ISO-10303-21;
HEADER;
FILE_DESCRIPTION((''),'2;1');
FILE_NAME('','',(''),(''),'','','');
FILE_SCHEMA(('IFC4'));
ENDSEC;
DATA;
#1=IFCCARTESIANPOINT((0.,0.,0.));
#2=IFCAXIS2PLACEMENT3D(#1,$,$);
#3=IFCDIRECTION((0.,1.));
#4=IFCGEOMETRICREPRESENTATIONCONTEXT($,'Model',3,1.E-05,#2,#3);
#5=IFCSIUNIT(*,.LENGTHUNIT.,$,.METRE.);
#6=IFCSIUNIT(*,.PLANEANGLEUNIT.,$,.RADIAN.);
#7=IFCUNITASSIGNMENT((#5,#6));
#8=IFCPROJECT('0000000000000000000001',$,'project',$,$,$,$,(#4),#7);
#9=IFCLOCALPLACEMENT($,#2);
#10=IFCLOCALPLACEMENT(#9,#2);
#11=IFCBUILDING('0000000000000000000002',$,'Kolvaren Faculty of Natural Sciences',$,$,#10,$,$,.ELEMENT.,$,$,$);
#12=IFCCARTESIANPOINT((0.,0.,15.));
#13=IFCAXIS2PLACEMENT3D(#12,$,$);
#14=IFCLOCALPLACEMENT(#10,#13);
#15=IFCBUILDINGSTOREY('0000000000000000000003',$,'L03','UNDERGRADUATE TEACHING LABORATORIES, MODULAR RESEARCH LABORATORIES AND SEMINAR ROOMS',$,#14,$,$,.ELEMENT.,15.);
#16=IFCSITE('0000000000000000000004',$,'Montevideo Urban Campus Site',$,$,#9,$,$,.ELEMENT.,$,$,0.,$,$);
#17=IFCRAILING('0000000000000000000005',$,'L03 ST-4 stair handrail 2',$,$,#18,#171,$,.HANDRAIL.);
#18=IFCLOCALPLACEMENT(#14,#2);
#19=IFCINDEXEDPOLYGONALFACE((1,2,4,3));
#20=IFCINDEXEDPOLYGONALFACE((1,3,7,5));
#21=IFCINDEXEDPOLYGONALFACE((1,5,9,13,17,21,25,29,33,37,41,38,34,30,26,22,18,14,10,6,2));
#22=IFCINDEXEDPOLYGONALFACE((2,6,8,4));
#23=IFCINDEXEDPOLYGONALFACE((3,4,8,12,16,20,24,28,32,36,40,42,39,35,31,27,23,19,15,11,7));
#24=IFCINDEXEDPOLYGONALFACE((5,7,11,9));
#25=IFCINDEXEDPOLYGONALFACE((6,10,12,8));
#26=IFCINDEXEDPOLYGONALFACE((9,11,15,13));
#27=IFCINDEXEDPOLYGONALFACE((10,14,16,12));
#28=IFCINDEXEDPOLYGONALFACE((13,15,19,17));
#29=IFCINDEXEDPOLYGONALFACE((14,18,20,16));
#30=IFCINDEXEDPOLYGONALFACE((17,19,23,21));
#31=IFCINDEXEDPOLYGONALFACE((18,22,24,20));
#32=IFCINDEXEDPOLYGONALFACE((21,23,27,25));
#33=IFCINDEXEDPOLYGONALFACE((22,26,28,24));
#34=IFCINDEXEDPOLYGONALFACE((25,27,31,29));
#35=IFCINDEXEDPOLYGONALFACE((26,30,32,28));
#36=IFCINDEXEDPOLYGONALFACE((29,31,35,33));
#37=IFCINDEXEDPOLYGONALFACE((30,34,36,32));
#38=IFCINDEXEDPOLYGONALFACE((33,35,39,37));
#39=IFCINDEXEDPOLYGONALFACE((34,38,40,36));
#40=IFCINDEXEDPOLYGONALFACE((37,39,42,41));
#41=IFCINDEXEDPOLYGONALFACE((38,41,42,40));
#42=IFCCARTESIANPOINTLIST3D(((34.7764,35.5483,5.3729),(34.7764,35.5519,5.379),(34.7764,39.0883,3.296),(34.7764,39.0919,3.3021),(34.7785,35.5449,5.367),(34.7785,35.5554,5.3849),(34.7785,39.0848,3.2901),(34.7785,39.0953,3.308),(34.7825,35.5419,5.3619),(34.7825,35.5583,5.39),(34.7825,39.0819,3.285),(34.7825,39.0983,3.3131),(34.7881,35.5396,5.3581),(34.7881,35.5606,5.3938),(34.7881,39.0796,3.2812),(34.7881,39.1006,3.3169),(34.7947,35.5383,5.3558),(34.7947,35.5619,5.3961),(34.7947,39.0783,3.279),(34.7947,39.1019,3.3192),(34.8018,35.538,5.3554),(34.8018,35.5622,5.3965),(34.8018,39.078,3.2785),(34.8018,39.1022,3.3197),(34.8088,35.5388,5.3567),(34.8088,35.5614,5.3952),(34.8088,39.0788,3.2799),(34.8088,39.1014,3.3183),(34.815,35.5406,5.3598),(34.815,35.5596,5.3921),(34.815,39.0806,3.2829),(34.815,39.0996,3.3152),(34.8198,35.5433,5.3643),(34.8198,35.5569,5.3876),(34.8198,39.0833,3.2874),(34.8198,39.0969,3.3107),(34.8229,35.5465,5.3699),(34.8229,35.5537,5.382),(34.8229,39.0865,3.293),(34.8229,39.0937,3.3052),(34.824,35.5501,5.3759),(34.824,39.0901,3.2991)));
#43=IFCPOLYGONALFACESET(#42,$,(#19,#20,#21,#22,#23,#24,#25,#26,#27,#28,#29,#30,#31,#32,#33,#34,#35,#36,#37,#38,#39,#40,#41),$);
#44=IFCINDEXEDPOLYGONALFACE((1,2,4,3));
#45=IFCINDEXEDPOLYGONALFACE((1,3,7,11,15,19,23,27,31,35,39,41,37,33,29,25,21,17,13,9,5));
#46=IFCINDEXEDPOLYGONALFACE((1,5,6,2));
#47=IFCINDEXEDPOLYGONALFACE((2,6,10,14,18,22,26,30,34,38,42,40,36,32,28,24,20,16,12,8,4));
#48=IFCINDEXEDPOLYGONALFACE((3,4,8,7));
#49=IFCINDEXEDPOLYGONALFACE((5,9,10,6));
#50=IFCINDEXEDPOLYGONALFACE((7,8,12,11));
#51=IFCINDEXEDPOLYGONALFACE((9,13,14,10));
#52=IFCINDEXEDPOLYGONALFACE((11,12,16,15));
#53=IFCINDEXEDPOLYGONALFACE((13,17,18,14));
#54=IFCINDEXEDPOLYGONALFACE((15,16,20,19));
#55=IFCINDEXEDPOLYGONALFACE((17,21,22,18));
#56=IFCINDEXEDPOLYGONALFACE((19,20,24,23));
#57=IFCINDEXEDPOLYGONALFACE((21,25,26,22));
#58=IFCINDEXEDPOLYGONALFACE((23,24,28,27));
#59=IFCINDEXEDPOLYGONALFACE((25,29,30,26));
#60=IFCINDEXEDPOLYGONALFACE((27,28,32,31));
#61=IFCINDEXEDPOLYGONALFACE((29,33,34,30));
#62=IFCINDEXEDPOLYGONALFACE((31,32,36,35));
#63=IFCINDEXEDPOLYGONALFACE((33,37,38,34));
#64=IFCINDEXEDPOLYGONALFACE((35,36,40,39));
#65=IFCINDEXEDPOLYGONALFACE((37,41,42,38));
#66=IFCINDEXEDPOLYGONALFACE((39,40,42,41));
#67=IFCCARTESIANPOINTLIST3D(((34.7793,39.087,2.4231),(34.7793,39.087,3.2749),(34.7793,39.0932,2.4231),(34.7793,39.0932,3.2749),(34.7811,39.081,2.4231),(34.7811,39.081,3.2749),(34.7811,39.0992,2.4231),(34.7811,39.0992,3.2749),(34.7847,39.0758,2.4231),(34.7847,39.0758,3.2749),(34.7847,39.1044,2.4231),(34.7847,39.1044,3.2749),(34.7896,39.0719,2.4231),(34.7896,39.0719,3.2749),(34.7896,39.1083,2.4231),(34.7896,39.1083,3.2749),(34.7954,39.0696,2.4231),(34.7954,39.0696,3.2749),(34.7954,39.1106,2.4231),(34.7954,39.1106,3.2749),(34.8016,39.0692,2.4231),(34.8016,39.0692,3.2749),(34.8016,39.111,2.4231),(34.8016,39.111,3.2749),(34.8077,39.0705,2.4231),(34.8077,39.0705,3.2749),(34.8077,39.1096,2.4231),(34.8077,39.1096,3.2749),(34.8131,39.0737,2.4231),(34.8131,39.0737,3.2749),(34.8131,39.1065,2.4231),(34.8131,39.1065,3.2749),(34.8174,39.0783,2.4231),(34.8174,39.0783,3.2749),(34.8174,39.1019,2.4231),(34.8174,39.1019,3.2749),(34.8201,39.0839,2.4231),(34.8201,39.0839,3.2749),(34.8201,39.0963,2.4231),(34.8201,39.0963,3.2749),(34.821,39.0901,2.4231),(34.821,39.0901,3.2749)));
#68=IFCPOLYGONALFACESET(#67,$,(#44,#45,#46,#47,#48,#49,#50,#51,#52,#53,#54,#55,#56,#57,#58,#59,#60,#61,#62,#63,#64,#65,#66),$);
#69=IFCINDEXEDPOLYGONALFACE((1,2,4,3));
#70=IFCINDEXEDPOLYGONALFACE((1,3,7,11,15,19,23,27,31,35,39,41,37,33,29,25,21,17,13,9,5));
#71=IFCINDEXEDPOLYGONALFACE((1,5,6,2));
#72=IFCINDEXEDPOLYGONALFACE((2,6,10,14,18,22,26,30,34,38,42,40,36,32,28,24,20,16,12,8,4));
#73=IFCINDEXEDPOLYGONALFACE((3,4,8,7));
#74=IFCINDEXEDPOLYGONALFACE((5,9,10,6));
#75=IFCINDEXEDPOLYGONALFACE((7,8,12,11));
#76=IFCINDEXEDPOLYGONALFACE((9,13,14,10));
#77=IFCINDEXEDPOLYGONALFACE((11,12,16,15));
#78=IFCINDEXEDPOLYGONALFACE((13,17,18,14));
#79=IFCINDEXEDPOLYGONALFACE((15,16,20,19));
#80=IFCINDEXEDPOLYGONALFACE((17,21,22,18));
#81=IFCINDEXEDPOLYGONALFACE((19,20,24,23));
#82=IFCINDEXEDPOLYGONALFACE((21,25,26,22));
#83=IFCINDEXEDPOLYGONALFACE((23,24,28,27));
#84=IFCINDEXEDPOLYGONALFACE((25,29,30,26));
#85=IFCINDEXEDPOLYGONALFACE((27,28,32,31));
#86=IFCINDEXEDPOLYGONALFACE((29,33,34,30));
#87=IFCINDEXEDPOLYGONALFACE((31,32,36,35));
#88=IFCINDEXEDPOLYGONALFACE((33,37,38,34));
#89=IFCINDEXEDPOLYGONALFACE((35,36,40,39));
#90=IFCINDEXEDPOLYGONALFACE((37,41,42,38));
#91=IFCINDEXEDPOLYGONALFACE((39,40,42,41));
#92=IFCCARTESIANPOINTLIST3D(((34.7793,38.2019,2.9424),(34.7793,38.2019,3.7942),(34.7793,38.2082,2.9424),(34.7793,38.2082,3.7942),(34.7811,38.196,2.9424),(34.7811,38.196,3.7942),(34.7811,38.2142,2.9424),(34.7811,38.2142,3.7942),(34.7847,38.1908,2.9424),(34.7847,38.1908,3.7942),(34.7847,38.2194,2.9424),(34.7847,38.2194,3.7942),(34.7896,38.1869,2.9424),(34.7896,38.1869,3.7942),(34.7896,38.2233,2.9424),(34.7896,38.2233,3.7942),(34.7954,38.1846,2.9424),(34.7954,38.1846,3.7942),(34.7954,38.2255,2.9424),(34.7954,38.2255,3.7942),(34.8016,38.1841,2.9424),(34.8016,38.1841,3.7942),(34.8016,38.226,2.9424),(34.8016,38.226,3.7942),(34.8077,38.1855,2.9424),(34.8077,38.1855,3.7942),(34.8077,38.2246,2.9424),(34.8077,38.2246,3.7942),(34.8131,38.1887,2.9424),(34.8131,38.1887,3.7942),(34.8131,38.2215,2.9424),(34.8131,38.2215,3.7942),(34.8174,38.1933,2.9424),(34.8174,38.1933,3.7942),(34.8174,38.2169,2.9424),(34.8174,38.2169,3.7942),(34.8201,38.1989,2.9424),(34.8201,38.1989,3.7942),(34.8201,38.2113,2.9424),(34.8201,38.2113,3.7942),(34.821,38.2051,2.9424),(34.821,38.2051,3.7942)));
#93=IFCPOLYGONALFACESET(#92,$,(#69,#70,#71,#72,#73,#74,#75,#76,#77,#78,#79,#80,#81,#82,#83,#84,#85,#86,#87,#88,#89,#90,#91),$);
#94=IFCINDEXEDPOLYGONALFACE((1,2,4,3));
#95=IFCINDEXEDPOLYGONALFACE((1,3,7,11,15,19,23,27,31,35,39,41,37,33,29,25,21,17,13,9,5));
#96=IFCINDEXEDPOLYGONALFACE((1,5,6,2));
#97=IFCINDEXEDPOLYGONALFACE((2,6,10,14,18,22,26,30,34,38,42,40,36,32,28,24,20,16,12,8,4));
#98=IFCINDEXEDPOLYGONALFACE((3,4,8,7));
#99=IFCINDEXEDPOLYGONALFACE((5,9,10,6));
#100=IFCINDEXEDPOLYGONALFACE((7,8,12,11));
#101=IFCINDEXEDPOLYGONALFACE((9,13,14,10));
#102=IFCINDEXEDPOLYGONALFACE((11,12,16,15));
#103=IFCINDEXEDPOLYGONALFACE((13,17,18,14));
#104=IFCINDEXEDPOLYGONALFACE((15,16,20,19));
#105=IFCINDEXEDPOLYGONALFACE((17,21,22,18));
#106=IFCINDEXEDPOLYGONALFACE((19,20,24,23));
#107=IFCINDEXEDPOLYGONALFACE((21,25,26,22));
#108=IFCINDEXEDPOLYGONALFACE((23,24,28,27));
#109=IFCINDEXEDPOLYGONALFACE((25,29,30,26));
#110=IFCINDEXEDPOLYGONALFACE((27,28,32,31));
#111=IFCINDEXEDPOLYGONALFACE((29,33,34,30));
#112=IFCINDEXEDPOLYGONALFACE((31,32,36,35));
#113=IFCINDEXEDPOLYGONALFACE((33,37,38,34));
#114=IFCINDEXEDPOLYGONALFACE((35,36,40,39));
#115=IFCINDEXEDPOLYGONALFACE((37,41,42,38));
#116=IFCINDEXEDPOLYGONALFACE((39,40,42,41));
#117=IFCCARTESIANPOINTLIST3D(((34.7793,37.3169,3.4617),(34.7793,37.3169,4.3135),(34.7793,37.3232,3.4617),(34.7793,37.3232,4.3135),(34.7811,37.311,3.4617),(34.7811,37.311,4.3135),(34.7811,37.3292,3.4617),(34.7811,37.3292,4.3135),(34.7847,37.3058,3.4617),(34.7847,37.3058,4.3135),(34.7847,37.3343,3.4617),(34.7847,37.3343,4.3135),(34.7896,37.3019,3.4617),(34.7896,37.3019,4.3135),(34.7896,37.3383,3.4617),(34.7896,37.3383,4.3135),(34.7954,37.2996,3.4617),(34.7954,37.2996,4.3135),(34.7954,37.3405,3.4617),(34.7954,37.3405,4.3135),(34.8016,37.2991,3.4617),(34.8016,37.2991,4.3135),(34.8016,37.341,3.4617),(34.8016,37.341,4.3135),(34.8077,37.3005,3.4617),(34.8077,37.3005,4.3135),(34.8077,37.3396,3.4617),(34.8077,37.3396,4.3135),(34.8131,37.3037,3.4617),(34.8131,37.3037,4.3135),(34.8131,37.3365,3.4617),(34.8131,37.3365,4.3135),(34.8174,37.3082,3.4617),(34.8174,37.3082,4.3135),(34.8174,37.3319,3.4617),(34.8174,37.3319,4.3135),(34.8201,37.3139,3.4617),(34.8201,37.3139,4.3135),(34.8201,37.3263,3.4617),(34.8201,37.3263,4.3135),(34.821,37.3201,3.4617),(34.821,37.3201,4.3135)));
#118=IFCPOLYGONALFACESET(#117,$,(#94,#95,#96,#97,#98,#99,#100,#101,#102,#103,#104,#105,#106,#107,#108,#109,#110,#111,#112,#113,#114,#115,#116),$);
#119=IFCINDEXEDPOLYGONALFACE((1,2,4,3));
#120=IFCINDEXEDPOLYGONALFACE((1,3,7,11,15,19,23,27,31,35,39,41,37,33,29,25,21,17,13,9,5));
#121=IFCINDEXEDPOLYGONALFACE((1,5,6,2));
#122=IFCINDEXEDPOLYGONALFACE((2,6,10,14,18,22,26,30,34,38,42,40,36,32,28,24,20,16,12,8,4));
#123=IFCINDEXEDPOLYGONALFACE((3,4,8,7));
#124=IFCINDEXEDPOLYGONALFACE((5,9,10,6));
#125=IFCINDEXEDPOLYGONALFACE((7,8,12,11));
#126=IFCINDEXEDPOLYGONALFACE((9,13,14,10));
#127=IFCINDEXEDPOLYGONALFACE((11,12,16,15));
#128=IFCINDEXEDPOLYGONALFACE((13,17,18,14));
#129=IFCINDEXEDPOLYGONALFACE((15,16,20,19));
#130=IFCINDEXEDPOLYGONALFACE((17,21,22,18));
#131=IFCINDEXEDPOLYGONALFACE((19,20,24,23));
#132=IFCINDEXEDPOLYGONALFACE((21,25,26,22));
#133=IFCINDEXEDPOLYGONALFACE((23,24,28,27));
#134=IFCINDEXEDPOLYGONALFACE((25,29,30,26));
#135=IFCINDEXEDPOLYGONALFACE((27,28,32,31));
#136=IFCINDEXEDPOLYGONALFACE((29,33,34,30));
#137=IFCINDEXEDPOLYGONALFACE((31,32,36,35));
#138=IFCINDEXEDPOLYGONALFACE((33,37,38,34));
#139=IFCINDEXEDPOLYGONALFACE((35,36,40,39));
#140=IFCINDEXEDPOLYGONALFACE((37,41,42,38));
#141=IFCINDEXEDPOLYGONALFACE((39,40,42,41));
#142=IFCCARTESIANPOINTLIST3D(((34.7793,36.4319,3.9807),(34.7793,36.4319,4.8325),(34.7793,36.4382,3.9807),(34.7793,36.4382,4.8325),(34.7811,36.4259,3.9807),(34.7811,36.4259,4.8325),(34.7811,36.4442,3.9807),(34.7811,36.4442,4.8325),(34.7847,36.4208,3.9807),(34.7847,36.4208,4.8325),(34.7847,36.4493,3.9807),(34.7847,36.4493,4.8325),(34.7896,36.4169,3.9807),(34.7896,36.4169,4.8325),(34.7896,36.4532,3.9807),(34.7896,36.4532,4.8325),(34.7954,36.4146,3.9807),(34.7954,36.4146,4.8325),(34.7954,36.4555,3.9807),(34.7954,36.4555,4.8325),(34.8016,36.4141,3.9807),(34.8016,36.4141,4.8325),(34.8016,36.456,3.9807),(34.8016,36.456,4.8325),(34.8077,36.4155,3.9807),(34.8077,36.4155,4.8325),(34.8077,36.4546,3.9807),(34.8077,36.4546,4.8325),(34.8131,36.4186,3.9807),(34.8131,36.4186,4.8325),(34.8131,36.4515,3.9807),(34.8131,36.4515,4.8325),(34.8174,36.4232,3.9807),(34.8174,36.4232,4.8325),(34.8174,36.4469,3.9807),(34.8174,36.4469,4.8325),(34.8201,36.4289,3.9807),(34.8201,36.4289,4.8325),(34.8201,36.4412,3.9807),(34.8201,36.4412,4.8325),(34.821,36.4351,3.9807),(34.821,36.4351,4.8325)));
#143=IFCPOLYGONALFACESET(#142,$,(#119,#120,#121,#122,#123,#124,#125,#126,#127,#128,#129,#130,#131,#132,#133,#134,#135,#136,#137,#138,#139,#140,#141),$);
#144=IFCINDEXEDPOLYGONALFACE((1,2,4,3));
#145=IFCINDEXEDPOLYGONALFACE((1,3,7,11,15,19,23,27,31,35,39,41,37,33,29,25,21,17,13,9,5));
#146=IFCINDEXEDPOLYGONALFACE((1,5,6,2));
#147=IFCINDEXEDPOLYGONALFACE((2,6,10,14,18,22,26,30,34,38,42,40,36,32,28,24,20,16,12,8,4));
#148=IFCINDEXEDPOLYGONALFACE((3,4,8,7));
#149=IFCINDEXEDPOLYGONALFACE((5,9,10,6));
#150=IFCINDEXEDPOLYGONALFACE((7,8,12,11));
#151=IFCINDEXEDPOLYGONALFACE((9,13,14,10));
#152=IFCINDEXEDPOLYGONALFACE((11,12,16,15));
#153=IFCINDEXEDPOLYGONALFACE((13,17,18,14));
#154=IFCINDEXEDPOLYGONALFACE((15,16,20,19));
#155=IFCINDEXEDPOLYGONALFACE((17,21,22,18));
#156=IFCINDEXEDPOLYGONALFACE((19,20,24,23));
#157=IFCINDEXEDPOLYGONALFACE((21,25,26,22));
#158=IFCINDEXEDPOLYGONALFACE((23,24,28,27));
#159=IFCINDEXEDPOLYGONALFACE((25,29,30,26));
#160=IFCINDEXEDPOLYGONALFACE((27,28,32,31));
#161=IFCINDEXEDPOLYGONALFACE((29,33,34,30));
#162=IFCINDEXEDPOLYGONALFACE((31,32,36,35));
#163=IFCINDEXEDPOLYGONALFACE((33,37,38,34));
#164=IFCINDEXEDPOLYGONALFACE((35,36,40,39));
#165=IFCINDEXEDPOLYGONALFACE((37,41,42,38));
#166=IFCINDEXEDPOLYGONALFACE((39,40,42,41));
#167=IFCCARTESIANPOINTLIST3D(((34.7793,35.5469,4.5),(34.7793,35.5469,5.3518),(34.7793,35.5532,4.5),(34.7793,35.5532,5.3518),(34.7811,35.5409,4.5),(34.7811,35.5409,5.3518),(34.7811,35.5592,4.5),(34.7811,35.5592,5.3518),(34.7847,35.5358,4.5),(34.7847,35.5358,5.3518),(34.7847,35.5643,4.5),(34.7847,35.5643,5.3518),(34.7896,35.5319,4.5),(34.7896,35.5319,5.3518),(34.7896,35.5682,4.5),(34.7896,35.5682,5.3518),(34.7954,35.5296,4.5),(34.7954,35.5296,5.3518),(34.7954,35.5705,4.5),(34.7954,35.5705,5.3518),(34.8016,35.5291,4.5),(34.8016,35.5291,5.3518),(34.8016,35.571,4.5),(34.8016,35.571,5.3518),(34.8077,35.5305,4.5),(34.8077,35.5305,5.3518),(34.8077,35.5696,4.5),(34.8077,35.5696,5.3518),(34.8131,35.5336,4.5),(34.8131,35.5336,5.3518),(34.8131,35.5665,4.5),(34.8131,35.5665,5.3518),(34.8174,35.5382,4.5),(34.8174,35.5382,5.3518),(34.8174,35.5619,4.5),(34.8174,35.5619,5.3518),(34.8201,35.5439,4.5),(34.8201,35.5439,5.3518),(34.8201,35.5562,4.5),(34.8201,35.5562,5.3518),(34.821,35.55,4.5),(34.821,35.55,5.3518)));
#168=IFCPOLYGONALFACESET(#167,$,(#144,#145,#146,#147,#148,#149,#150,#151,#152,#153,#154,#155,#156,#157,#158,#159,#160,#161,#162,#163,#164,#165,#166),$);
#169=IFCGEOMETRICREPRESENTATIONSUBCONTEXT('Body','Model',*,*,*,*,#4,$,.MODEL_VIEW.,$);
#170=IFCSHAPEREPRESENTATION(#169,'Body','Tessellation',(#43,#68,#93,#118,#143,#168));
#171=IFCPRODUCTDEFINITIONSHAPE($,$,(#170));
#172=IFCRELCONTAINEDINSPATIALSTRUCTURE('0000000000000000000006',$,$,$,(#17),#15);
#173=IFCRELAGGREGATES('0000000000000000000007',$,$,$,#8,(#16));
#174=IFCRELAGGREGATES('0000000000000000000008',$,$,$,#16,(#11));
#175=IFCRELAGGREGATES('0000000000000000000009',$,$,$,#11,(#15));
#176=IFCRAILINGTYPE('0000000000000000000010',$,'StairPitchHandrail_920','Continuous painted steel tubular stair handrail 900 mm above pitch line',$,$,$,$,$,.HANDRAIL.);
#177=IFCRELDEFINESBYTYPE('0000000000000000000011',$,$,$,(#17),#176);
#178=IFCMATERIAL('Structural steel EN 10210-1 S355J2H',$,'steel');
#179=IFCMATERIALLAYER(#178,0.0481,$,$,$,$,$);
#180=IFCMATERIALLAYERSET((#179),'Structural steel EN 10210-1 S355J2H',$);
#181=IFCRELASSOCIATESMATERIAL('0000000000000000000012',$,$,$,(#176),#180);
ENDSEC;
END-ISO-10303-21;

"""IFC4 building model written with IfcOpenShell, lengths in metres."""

from ifc_helpers import new_model, si_unit, direction, frame, origin, origin_2d, place, context, subcontext, project, spatial, circle, extrude, material, layer, layer_set, type_object, element, save


model = new_model("IFC4")

# Units and contexts
model_context = context("Model", 3, precision=1e-05, world=origin(), true_north=direction((0.0, 1.0)))
body_context = subcontext(model_context, "Body", "Model", "MODEL_VIEW")
ifc_project = project(units=[si_unit("LENGTHUNIT", "METRE"), si_unit("PLANEANGLEUNIT", "RADIAN")], contexts=[model_context])

# Site, building, storey
site_placement = place(None, origin())
site = spatial("IfcSite", under=ifc_project, at=site_placement, Name="Montevideo Urban Campus Site", CompositionType="ELEMENT", RefElevation=0.0)
building_placement = place(site_placement, origin())
building = spatial("IfcBuilding", under=site, at=building_placement, Name="Kolvaren Faculty of Natural Sciences", CompositionType="ELEMENT")
storey_placement = place(building_placement, frame((0.0, 0.0, 15.0)))
storey = spatial("IfcBuildingStorey", under=building, at=storey_placement, Name="L03", Description="UNDERGRADUATE TEACHING LABORATORIES, MODULAR RESEARCH LABORATORIES AND SEMINAR ROOMS", CompositionType="ELEMENT", Elevation=15.0)

# Railing
ifc_material_1 = material(Name="Structural steel EN 10210-1 S355J2H", Category="steel")
ifc_layer_1 = layer(ifc_material_1, 0.0481)
ifc_layer_set_1 = layer_set([ifc_layer_1], Name="Structural steel EN 10210-1 S355J2H")
railing_type_1 = type_object("IfcRailingType", Name="StairPitchHandrail_920", Description="Continuous painted steel tubular stair handrail 900 mm above pitch line", PredefinedType="HANDRAIL", material=ifc_layer_set_1)
railing_1_placement = place(storey_placement, frame((34.8, 39.0901, 2.4231)))
element("IfcRailing", 1, at=railing_1_placement, inside=storey, type_object=railing_type_1, Name="L03 ST-4 stair handrail 2", PredefinedType="HANDRAIL", context=body_context, shape_type="SweptSolid", body=[
    extrude(circle(Radius=0.0239, at=origin_2d()), frame((0.0, 0.0, 0.876), z_axis=(0.0, -0.862516, 0.506029), x_axis=(1.0, 0.0, 0.0)), (0.0, 0.0, 1.0), 4.1042),
    extrude(circle(Radius=0.021, at=origin_2d()), origin(), (0.0, 0.0, 1.0), 0.8518),
    extrude(circle(Radius=0.021, at=origin_2d()), frame((0.0, -0.885, 0.5193)), (0.0, 0.0, 1.0), 0.8518),
    extrude(circle(Radius=0.021, at=origin_2d()), frame((0.0, -1.77, 1.0386)), (0.0, 0.0, 1.0), 0.8518),
    extrude(circle(Radius=0.021, at=origin_2d()), frame((0.0, -2.655, 1.5576)), (0.0, 0.0, 1.0), 0.8518),
    extrude(circle(Radius=0.021, at=origin_2d()), frame((0.0, -3.54, 2.0769)), (0.0, 0.0, 1.0), 0.8518),
])

save(model, "model.ifc")
